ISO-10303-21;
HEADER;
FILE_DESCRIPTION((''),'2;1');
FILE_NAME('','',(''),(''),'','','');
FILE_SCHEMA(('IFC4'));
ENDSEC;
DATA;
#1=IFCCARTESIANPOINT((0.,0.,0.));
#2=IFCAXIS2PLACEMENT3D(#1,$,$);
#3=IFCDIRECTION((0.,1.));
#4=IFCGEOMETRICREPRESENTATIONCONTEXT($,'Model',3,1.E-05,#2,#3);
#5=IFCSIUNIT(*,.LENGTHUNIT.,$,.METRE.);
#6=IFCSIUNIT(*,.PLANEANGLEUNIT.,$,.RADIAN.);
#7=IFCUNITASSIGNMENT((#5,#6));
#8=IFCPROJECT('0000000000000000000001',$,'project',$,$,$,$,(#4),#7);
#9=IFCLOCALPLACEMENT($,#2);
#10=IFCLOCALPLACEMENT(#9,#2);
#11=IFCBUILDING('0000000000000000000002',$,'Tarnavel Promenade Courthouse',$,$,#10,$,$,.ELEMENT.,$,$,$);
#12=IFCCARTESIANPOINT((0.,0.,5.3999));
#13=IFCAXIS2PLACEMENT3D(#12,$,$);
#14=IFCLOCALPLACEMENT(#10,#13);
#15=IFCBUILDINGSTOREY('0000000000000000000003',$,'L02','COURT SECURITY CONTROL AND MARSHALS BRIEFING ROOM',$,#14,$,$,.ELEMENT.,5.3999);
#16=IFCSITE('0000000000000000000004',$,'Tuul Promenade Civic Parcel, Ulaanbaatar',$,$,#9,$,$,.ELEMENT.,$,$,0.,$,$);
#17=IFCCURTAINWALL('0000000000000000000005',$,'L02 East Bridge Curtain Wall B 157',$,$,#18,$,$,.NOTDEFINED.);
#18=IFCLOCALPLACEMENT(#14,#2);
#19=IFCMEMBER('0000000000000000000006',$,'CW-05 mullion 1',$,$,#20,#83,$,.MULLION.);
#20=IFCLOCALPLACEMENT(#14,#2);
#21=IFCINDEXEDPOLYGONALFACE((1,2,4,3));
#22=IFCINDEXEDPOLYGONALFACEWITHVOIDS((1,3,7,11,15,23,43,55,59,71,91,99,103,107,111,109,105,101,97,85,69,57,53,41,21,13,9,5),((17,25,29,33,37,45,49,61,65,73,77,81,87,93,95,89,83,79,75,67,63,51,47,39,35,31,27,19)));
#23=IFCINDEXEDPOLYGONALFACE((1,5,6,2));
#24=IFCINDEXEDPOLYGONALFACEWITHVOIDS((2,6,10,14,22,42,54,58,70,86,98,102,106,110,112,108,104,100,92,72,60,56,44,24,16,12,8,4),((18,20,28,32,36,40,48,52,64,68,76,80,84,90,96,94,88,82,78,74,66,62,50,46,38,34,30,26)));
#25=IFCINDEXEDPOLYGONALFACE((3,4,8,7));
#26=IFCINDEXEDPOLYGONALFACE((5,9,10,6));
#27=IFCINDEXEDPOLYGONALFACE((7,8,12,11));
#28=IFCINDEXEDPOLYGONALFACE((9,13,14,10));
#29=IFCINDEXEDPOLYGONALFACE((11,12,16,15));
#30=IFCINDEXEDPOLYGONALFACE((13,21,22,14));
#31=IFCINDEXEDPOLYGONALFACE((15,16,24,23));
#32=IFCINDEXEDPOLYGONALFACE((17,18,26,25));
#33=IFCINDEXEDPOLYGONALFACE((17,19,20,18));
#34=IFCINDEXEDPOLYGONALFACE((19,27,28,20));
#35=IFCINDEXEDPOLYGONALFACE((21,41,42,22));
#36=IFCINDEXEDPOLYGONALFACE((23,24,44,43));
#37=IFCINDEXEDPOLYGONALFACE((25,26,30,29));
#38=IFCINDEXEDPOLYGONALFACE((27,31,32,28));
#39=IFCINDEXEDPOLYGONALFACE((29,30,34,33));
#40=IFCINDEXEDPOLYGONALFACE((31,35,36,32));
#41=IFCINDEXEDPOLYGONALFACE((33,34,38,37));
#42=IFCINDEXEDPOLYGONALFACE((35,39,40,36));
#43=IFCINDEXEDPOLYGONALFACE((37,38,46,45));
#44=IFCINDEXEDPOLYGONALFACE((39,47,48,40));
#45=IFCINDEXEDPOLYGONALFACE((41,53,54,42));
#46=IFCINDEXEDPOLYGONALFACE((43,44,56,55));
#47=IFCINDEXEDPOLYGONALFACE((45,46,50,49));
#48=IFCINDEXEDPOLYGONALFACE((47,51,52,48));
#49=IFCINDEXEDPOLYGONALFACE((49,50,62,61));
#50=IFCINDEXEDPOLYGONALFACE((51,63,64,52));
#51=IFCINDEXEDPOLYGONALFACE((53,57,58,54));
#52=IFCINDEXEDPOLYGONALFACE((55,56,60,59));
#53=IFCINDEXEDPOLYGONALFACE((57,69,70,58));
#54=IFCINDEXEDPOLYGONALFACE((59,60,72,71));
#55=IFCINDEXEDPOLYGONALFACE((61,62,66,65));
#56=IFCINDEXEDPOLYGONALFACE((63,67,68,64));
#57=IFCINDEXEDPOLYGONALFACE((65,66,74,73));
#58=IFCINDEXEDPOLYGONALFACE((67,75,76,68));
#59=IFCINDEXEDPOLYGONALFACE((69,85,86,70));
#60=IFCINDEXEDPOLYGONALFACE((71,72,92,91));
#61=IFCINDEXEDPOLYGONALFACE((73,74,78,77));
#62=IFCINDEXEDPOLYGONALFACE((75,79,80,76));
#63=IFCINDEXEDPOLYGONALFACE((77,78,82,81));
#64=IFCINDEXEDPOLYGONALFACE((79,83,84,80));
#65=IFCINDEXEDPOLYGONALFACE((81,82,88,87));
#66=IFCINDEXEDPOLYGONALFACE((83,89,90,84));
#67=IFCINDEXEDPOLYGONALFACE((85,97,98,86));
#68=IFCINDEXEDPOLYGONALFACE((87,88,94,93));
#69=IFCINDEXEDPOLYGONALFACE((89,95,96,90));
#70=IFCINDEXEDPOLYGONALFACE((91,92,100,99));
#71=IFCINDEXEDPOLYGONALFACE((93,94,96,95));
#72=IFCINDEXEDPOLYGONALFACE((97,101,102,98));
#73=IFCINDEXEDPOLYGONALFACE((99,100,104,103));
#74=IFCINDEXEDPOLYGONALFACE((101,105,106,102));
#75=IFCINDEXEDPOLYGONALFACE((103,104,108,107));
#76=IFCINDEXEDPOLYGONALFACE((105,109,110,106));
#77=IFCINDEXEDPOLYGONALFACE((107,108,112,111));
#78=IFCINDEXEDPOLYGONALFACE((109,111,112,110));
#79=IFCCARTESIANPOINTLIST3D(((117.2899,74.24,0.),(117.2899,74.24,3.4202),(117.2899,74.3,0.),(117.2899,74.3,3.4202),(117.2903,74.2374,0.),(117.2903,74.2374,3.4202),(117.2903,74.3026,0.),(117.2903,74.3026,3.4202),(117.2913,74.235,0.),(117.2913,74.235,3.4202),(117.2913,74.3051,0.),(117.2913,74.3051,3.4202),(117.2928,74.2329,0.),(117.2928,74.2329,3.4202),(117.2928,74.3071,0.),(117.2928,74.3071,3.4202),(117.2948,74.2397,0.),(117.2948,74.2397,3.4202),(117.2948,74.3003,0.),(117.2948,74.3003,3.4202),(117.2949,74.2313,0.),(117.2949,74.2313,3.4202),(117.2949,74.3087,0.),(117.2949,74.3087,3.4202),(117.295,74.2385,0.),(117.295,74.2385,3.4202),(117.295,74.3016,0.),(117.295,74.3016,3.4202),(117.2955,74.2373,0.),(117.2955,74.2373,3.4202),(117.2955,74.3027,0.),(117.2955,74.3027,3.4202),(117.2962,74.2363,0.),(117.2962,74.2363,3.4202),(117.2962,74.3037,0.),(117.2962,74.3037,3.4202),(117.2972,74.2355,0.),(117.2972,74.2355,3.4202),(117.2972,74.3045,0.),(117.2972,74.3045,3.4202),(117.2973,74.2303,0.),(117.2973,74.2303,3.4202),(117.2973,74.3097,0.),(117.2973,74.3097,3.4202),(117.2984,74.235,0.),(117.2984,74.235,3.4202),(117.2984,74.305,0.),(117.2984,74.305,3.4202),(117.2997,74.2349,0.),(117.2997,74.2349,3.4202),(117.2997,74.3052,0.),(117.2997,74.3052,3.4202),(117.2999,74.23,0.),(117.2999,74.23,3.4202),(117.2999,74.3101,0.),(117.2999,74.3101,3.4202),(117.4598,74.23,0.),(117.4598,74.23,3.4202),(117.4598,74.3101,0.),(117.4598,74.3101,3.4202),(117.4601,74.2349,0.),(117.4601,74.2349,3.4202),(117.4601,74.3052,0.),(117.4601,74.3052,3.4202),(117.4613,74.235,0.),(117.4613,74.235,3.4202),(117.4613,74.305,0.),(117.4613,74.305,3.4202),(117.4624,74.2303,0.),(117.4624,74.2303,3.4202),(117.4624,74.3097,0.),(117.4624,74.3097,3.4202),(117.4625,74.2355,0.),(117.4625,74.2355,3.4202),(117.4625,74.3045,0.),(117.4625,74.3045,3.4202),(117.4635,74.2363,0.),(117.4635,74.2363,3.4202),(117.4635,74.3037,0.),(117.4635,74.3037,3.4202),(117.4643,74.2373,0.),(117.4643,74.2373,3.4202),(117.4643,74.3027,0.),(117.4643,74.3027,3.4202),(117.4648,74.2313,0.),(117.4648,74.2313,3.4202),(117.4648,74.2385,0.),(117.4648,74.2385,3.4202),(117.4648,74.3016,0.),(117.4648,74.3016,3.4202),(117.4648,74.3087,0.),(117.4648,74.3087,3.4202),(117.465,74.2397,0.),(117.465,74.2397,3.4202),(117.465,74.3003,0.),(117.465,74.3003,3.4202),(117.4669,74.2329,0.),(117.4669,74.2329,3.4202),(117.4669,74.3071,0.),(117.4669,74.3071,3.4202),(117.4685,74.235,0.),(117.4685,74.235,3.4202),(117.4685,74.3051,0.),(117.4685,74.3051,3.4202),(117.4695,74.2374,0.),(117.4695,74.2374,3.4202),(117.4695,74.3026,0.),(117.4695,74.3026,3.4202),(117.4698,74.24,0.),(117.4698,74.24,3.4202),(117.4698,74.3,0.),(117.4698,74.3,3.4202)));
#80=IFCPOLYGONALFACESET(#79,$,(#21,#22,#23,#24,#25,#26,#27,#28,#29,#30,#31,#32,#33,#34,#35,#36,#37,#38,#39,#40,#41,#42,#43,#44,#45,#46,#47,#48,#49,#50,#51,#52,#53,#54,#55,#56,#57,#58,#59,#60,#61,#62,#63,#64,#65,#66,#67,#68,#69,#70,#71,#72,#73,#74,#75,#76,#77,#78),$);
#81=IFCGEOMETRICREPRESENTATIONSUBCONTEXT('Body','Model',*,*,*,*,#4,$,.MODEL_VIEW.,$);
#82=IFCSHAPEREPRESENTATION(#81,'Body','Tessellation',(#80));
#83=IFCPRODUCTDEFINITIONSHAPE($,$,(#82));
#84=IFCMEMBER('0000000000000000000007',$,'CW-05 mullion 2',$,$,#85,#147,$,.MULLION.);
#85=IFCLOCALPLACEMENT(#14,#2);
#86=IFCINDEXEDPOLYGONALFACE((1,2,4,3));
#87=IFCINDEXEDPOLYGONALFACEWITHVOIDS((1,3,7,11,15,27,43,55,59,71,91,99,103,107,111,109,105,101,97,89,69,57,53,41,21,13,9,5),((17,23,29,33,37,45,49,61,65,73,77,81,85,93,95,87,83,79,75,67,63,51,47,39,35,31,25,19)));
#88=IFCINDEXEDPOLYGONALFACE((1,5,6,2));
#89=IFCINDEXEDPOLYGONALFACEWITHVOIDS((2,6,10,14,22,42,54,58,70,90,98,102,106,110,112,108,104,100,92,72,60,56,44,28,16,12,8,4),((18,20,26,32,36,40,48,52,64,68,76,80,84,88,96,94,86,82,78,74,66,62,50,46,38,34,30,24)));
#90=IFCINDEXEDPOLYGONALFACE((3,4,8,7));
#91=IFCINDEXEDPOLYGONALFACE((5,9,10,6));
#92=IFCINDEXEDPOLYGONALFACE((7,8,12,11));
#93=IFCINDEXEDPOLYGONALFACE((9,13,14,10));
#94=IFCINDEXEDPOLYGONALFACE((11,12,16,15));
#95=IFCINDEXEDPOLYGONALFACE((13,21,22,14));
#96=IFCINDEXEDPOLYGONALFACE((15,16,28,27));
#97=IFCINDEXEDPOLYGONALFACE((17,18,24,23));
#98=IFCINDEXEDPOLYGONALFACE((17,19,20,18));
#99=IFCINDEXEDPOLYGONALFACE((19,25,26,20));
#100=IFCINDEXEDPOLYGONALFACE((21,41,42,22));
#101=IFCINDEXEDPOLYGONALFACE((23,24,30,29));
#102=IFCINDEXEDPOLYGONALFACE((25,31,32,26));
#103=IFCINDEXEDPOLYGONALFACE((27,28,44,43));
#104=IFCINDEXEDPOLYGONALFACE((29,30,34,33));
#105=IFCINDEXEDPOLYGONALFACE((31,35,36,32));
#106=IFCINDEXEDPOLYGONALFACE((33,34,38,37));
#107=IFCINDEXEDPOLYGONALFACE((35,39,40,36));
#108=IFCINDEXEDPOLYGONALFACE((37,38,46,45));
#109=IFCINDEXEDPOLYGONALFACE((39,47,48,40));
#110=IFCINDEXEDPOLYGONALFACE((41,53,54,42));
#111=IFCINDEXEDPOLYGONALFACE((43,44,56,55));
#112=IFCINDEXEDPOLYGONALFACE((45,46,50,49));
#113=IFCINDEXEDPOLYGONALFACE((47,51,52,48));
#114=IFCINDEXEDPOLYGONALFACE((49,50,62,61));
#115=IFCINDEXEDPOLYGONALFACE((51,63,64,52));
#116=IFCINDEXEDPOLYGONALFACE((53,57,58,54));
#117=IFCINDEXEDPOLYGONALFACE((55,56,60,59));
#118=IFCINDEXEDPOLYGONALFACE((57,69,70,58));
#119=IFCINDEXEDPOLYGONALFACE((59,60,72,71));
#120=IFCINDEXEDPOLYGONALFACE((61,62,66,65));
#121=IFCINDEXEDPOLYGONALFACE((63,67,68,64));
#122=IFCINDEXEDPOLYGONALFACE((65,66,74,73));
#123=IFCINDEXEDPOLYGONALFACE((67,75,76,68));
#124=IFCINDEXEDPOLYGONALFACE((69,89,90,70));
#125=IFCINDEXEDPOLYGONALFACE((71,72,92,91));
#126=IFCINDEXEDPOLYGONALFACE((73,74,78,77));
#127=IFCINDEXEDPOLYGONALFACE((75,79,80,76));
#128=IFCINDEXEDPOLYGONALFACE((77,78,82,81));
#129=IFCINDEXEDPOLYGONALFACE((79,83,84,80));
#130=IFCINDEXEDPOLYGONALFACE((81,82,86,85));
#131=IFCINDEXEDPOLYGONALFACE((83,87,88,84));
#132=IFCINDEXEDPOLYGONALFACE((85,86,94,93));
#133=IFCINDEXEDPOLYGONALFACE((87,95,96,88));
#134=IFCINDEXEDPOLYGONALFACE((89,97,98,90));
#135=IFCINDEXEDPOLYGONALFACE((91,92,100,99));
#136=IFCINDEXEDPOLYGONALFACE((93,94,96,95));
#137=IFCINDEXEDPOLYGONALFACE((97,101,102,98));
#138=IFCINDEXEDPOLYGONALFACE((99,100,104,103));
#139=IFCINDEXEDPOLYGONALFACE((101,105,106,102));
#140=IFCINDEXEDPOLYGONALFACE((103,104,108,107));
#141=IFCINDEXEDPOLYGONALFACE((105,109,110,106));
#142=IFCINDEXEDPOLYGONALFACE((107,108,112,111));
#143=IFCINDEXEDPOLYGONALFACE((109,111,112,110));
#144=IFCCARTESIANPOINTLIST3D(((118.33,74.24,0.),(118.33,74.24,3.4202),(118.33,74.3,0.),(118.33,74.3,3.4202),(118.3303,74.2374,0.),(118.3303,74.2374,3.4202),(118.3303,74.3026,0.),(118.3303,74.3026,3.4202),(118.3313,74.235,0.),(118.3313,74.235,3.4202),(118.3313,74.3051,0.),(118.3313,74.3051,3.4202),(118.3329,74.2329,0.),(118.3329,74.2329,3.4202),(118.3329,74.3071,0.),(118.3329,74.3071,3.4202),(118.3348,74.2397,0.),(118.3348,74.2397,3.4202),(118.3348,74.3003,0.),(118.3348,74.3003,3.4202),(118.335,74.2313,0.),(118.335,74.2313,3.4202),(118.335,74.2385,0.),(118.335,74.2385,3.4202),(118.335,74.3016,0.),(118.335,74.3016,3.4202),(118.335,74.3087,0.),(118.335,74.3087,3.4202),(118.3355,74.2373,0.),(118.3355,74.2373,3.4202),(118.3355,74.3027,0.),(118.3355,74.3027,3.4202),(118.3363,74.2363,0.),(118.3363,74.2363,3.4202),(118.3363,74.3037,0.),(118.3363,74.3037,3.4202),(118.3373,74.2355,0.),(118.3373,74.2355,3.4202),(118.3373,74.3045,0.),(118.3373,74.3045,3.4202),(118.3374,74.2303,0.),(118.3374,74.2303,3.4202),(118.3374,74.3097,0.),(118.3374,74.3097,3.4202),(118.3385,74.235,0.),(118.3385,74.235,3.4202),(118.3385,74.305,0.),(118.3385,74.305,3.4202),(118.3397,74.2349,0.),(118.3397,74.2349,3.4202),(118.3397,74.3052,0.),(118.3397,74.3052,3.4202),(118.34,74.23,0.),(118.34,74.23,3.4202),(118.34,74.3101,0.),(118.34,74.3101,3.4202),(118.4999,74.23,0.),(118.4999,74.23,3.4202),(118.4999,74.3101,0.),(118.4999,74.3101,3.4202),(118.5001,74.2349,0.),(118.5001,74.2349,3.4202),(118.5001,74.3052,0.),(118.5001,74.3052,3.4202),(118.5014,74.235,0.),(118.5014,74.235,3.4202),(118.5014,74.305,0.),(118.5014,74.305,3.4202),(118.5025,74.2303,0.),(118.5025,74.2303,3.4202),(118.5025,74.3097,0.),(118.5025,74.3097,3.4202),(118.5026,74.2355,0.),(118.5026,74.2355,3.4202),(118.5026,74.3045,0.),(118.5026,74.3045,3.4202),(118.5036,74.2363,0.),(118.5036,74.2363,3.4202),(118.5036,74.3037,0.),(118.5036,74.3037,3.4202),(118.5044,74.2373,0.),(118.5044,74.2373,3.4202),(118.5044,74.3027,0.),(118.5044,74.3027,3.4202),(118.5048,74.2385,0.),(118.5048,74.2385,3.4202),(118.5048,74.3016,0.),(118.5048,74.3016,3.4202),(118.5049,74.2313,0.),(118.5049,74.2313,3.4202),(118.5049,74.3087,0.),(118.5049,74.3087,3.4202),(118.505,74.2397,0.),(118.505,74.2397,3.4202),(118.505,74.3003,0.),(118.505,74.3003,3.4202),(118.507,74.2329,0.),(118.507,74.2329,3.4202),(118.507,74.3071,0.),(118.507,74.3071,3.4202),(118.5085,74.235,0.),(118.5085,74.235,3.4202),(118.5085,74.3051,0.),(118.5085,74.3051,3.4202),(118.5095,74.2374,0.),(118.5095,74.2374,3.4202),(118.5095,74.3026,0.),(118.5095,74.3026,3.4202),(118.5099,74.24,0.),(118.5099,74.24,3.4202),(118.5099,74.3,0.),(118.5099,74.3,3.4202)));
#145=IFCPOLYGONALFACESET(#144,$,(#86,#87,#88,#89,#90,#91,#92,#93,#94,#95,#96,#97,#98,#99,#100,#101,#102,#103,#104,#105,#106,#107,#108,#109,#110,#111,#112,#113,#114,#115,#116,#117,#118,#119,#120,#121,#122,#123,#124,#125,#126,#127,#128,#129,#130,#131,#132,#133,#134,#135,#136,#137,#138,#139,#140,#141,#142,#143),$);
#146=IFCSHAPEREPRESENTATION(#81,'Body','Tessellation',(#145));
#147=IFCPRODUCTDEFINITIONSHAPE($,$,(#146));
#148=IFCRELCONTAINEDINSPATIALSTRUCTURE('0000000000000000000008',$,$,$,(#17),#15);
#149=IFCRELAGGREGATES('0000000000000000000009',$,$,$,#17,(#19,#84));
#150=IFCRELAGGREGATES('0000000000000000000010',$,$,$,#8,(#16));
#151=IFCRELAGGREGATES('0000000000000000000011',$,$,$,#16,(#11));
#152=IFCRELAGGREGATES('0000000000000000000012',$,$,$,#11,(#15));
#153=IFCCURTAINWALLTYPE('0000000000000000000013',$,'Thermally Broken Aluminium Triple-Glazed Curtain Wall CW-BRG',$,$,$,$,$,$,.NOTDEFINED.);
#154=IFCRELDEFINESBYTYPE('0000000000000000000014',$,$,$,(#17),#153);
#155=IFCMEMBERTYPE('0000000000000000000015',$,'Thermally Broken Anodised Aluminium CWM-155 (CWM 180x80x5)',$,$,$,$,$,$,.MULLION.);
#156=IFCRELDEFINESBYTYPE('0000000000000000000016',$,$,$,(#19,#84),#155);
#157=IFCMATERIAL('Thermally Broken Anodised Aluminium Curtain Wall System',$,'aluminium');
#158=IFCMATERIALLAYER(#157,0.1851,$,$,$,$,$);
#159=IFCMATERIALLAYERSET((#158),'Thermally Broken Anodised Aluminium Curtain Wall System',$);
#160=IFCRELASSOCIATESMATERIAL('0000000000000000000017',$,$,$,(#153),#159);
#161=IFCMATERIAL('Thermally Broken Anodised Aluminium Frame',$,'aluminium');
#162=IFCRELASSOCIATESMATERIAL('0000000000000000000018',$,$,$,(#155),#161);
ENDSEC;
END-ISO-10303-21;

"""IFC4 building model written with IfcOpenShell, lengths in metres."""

from ifc_helpers import new_model, si_unit, direction, frame, origin, origin_2d, place, context, subcontext, project, spatial, hollow_rectangle, extrude, material, layer, layer_set, material_profile, profile_set, type_object, element, aggregate, save


model = new_model("IFC4")

# Units and contexts
model_context = context("Model", 3, precision=1e-05, world=origin(), true_north=direction((0.0, 1.0)))
body_context = subcontext(model_context, "Body", "Model", "MODEL_VIEW")
ifc_project = project(units=[si_unit("LENGTHUNIT", "METRE"), si_unit("PLANEANGLEUNIT", "RADIAN")], contexts=[model_context])

# Site, building, storey
site_placement = place(None, origin())
site = spatial("IfcSite", under=ifc_project, at=site_placement, Name="Tuul Promenade Civic Parcel, Ulaanbaatar", CompositionType="ELEMENT", RefElevation=0.0)
building_placement = place(site_placement, origin())
building = spatial("IfcBuilding", under=site, at=building_placement, Name="Tarnavel Promenade Courthouse", CompositionType="ELEMENT")
storey_placement = place(building_placement, frame((0.0, 0.0, 5.3999)))
storey = spatial("IfcBuildingStorey", under=building, at=storey_placement, Name="L02", Description="COURT SECURITY CONTROL AND MARSHALS BRIEFING ROOM", CompositionType="ELEMENT", Elevation=5.3999)

# Shared definitions
ifc_material_1 = material(Name="Thermally Broken Anodised Aluminium Curtain Wall System", Category="aluminium")
ifc_layer_1 = layer(ifc_material_1, 0.1851)
ifc_layer_set_1 = layer_set([ifc_layer_1], Name="Thermally Broken Anodised Aluminium Curtain Wall System")
curtain_wall_type = type_object("IfcCurtainWallType", Name="Thermally Broken Aluminium Triple-Glazed Curtain Wall CW-BRG", PredefinedType="NOTDEFINED", material=ifc_layer_set_1)
ifc_material_2 = material(Name="Thermally Broken Anodised Aluminium Frame", Category="aluminium")
ifc_material_profile_1 = material_profile(ifc_material_2, hollow_rectangle(XDim=0.0801, YDim=0.1799, WallThickness=0.0049, InnerFilletRadius=0.0049, OuterFilletRadius=0.01, at=origin_2d()), Name="CWM 180x80x5")
ifc_profile_set_1 = profile_set([ifc_material_profile_1], Name="Thermally Broken Anodised Aluminium Frame")
member_type_1 = type_object("IfcMemberType", Name="Thermally Broken Anodised Aluminium CWM-155 (CWM 180x80x5)", PredefinedType="MULLION", material=ifc_profile_set_1)

# Curtain wall, members
curtain_wall_1_placement = place(storey_placement, origin())
curtain_wall_1 = element("IfcCurtainWall", 1, at=curtain_wall_1_placement, inside=storey, type_object=curtain_wall_type, Name="L02 East Bridge Curtain Wall B 157", PredefinedType="NOTDEFINED")
member_1_placement = place(storey_placement, frame((117.3799, 74.27, 0.0), z_axis=(0.0, 0.0, 1.0), x_axis=(0.0, 1.0, 0.0)))
member_1 = element("IfcMember", 2, at=member_1_placement, type_object=member_type_1, Name="CW-05 mullion 1", PredefinedType="MULLION", context=body_context, shape_type="SweptSolid", body=[
    extrude(hollow_rectangle(XDim=0.0801, YDim=0.1799, WallThickness=0.0049, InnerFilletRadius=0.0049, OuterFilletRadius=0.01, at=origin_2d()), origin(), (0.0, 0.0, 1.0), 3.4202),
])
member_2_placement = place(storey_placement, frame((118.4199, 74.27, 0.0), z_axis=(0.0, 0.0, 1.0), x_axis=(0.0, 1.0, 0.0)))
member_2 = element("IfcMember", 3, at=member_2_placement, type_object=member_type_1, Name="CW-05 mullion 2", PredefinedType="MULLION", context=body_context, shape_type="SweptSolid", body=[
    extrude(hollow_rectangle(XDim=0.0801, YDim=0.1799, WallThickness=0.0049, InnerFilletRadius=0.0049, OuterFilletRadius=0.01, at=origin_2d()), origin(), (0.0, 0.0, 1.0), 3.4202),
])

aggregate(curtain_wall_1, [member_1, member_2])

save(model, "model.ifc")
